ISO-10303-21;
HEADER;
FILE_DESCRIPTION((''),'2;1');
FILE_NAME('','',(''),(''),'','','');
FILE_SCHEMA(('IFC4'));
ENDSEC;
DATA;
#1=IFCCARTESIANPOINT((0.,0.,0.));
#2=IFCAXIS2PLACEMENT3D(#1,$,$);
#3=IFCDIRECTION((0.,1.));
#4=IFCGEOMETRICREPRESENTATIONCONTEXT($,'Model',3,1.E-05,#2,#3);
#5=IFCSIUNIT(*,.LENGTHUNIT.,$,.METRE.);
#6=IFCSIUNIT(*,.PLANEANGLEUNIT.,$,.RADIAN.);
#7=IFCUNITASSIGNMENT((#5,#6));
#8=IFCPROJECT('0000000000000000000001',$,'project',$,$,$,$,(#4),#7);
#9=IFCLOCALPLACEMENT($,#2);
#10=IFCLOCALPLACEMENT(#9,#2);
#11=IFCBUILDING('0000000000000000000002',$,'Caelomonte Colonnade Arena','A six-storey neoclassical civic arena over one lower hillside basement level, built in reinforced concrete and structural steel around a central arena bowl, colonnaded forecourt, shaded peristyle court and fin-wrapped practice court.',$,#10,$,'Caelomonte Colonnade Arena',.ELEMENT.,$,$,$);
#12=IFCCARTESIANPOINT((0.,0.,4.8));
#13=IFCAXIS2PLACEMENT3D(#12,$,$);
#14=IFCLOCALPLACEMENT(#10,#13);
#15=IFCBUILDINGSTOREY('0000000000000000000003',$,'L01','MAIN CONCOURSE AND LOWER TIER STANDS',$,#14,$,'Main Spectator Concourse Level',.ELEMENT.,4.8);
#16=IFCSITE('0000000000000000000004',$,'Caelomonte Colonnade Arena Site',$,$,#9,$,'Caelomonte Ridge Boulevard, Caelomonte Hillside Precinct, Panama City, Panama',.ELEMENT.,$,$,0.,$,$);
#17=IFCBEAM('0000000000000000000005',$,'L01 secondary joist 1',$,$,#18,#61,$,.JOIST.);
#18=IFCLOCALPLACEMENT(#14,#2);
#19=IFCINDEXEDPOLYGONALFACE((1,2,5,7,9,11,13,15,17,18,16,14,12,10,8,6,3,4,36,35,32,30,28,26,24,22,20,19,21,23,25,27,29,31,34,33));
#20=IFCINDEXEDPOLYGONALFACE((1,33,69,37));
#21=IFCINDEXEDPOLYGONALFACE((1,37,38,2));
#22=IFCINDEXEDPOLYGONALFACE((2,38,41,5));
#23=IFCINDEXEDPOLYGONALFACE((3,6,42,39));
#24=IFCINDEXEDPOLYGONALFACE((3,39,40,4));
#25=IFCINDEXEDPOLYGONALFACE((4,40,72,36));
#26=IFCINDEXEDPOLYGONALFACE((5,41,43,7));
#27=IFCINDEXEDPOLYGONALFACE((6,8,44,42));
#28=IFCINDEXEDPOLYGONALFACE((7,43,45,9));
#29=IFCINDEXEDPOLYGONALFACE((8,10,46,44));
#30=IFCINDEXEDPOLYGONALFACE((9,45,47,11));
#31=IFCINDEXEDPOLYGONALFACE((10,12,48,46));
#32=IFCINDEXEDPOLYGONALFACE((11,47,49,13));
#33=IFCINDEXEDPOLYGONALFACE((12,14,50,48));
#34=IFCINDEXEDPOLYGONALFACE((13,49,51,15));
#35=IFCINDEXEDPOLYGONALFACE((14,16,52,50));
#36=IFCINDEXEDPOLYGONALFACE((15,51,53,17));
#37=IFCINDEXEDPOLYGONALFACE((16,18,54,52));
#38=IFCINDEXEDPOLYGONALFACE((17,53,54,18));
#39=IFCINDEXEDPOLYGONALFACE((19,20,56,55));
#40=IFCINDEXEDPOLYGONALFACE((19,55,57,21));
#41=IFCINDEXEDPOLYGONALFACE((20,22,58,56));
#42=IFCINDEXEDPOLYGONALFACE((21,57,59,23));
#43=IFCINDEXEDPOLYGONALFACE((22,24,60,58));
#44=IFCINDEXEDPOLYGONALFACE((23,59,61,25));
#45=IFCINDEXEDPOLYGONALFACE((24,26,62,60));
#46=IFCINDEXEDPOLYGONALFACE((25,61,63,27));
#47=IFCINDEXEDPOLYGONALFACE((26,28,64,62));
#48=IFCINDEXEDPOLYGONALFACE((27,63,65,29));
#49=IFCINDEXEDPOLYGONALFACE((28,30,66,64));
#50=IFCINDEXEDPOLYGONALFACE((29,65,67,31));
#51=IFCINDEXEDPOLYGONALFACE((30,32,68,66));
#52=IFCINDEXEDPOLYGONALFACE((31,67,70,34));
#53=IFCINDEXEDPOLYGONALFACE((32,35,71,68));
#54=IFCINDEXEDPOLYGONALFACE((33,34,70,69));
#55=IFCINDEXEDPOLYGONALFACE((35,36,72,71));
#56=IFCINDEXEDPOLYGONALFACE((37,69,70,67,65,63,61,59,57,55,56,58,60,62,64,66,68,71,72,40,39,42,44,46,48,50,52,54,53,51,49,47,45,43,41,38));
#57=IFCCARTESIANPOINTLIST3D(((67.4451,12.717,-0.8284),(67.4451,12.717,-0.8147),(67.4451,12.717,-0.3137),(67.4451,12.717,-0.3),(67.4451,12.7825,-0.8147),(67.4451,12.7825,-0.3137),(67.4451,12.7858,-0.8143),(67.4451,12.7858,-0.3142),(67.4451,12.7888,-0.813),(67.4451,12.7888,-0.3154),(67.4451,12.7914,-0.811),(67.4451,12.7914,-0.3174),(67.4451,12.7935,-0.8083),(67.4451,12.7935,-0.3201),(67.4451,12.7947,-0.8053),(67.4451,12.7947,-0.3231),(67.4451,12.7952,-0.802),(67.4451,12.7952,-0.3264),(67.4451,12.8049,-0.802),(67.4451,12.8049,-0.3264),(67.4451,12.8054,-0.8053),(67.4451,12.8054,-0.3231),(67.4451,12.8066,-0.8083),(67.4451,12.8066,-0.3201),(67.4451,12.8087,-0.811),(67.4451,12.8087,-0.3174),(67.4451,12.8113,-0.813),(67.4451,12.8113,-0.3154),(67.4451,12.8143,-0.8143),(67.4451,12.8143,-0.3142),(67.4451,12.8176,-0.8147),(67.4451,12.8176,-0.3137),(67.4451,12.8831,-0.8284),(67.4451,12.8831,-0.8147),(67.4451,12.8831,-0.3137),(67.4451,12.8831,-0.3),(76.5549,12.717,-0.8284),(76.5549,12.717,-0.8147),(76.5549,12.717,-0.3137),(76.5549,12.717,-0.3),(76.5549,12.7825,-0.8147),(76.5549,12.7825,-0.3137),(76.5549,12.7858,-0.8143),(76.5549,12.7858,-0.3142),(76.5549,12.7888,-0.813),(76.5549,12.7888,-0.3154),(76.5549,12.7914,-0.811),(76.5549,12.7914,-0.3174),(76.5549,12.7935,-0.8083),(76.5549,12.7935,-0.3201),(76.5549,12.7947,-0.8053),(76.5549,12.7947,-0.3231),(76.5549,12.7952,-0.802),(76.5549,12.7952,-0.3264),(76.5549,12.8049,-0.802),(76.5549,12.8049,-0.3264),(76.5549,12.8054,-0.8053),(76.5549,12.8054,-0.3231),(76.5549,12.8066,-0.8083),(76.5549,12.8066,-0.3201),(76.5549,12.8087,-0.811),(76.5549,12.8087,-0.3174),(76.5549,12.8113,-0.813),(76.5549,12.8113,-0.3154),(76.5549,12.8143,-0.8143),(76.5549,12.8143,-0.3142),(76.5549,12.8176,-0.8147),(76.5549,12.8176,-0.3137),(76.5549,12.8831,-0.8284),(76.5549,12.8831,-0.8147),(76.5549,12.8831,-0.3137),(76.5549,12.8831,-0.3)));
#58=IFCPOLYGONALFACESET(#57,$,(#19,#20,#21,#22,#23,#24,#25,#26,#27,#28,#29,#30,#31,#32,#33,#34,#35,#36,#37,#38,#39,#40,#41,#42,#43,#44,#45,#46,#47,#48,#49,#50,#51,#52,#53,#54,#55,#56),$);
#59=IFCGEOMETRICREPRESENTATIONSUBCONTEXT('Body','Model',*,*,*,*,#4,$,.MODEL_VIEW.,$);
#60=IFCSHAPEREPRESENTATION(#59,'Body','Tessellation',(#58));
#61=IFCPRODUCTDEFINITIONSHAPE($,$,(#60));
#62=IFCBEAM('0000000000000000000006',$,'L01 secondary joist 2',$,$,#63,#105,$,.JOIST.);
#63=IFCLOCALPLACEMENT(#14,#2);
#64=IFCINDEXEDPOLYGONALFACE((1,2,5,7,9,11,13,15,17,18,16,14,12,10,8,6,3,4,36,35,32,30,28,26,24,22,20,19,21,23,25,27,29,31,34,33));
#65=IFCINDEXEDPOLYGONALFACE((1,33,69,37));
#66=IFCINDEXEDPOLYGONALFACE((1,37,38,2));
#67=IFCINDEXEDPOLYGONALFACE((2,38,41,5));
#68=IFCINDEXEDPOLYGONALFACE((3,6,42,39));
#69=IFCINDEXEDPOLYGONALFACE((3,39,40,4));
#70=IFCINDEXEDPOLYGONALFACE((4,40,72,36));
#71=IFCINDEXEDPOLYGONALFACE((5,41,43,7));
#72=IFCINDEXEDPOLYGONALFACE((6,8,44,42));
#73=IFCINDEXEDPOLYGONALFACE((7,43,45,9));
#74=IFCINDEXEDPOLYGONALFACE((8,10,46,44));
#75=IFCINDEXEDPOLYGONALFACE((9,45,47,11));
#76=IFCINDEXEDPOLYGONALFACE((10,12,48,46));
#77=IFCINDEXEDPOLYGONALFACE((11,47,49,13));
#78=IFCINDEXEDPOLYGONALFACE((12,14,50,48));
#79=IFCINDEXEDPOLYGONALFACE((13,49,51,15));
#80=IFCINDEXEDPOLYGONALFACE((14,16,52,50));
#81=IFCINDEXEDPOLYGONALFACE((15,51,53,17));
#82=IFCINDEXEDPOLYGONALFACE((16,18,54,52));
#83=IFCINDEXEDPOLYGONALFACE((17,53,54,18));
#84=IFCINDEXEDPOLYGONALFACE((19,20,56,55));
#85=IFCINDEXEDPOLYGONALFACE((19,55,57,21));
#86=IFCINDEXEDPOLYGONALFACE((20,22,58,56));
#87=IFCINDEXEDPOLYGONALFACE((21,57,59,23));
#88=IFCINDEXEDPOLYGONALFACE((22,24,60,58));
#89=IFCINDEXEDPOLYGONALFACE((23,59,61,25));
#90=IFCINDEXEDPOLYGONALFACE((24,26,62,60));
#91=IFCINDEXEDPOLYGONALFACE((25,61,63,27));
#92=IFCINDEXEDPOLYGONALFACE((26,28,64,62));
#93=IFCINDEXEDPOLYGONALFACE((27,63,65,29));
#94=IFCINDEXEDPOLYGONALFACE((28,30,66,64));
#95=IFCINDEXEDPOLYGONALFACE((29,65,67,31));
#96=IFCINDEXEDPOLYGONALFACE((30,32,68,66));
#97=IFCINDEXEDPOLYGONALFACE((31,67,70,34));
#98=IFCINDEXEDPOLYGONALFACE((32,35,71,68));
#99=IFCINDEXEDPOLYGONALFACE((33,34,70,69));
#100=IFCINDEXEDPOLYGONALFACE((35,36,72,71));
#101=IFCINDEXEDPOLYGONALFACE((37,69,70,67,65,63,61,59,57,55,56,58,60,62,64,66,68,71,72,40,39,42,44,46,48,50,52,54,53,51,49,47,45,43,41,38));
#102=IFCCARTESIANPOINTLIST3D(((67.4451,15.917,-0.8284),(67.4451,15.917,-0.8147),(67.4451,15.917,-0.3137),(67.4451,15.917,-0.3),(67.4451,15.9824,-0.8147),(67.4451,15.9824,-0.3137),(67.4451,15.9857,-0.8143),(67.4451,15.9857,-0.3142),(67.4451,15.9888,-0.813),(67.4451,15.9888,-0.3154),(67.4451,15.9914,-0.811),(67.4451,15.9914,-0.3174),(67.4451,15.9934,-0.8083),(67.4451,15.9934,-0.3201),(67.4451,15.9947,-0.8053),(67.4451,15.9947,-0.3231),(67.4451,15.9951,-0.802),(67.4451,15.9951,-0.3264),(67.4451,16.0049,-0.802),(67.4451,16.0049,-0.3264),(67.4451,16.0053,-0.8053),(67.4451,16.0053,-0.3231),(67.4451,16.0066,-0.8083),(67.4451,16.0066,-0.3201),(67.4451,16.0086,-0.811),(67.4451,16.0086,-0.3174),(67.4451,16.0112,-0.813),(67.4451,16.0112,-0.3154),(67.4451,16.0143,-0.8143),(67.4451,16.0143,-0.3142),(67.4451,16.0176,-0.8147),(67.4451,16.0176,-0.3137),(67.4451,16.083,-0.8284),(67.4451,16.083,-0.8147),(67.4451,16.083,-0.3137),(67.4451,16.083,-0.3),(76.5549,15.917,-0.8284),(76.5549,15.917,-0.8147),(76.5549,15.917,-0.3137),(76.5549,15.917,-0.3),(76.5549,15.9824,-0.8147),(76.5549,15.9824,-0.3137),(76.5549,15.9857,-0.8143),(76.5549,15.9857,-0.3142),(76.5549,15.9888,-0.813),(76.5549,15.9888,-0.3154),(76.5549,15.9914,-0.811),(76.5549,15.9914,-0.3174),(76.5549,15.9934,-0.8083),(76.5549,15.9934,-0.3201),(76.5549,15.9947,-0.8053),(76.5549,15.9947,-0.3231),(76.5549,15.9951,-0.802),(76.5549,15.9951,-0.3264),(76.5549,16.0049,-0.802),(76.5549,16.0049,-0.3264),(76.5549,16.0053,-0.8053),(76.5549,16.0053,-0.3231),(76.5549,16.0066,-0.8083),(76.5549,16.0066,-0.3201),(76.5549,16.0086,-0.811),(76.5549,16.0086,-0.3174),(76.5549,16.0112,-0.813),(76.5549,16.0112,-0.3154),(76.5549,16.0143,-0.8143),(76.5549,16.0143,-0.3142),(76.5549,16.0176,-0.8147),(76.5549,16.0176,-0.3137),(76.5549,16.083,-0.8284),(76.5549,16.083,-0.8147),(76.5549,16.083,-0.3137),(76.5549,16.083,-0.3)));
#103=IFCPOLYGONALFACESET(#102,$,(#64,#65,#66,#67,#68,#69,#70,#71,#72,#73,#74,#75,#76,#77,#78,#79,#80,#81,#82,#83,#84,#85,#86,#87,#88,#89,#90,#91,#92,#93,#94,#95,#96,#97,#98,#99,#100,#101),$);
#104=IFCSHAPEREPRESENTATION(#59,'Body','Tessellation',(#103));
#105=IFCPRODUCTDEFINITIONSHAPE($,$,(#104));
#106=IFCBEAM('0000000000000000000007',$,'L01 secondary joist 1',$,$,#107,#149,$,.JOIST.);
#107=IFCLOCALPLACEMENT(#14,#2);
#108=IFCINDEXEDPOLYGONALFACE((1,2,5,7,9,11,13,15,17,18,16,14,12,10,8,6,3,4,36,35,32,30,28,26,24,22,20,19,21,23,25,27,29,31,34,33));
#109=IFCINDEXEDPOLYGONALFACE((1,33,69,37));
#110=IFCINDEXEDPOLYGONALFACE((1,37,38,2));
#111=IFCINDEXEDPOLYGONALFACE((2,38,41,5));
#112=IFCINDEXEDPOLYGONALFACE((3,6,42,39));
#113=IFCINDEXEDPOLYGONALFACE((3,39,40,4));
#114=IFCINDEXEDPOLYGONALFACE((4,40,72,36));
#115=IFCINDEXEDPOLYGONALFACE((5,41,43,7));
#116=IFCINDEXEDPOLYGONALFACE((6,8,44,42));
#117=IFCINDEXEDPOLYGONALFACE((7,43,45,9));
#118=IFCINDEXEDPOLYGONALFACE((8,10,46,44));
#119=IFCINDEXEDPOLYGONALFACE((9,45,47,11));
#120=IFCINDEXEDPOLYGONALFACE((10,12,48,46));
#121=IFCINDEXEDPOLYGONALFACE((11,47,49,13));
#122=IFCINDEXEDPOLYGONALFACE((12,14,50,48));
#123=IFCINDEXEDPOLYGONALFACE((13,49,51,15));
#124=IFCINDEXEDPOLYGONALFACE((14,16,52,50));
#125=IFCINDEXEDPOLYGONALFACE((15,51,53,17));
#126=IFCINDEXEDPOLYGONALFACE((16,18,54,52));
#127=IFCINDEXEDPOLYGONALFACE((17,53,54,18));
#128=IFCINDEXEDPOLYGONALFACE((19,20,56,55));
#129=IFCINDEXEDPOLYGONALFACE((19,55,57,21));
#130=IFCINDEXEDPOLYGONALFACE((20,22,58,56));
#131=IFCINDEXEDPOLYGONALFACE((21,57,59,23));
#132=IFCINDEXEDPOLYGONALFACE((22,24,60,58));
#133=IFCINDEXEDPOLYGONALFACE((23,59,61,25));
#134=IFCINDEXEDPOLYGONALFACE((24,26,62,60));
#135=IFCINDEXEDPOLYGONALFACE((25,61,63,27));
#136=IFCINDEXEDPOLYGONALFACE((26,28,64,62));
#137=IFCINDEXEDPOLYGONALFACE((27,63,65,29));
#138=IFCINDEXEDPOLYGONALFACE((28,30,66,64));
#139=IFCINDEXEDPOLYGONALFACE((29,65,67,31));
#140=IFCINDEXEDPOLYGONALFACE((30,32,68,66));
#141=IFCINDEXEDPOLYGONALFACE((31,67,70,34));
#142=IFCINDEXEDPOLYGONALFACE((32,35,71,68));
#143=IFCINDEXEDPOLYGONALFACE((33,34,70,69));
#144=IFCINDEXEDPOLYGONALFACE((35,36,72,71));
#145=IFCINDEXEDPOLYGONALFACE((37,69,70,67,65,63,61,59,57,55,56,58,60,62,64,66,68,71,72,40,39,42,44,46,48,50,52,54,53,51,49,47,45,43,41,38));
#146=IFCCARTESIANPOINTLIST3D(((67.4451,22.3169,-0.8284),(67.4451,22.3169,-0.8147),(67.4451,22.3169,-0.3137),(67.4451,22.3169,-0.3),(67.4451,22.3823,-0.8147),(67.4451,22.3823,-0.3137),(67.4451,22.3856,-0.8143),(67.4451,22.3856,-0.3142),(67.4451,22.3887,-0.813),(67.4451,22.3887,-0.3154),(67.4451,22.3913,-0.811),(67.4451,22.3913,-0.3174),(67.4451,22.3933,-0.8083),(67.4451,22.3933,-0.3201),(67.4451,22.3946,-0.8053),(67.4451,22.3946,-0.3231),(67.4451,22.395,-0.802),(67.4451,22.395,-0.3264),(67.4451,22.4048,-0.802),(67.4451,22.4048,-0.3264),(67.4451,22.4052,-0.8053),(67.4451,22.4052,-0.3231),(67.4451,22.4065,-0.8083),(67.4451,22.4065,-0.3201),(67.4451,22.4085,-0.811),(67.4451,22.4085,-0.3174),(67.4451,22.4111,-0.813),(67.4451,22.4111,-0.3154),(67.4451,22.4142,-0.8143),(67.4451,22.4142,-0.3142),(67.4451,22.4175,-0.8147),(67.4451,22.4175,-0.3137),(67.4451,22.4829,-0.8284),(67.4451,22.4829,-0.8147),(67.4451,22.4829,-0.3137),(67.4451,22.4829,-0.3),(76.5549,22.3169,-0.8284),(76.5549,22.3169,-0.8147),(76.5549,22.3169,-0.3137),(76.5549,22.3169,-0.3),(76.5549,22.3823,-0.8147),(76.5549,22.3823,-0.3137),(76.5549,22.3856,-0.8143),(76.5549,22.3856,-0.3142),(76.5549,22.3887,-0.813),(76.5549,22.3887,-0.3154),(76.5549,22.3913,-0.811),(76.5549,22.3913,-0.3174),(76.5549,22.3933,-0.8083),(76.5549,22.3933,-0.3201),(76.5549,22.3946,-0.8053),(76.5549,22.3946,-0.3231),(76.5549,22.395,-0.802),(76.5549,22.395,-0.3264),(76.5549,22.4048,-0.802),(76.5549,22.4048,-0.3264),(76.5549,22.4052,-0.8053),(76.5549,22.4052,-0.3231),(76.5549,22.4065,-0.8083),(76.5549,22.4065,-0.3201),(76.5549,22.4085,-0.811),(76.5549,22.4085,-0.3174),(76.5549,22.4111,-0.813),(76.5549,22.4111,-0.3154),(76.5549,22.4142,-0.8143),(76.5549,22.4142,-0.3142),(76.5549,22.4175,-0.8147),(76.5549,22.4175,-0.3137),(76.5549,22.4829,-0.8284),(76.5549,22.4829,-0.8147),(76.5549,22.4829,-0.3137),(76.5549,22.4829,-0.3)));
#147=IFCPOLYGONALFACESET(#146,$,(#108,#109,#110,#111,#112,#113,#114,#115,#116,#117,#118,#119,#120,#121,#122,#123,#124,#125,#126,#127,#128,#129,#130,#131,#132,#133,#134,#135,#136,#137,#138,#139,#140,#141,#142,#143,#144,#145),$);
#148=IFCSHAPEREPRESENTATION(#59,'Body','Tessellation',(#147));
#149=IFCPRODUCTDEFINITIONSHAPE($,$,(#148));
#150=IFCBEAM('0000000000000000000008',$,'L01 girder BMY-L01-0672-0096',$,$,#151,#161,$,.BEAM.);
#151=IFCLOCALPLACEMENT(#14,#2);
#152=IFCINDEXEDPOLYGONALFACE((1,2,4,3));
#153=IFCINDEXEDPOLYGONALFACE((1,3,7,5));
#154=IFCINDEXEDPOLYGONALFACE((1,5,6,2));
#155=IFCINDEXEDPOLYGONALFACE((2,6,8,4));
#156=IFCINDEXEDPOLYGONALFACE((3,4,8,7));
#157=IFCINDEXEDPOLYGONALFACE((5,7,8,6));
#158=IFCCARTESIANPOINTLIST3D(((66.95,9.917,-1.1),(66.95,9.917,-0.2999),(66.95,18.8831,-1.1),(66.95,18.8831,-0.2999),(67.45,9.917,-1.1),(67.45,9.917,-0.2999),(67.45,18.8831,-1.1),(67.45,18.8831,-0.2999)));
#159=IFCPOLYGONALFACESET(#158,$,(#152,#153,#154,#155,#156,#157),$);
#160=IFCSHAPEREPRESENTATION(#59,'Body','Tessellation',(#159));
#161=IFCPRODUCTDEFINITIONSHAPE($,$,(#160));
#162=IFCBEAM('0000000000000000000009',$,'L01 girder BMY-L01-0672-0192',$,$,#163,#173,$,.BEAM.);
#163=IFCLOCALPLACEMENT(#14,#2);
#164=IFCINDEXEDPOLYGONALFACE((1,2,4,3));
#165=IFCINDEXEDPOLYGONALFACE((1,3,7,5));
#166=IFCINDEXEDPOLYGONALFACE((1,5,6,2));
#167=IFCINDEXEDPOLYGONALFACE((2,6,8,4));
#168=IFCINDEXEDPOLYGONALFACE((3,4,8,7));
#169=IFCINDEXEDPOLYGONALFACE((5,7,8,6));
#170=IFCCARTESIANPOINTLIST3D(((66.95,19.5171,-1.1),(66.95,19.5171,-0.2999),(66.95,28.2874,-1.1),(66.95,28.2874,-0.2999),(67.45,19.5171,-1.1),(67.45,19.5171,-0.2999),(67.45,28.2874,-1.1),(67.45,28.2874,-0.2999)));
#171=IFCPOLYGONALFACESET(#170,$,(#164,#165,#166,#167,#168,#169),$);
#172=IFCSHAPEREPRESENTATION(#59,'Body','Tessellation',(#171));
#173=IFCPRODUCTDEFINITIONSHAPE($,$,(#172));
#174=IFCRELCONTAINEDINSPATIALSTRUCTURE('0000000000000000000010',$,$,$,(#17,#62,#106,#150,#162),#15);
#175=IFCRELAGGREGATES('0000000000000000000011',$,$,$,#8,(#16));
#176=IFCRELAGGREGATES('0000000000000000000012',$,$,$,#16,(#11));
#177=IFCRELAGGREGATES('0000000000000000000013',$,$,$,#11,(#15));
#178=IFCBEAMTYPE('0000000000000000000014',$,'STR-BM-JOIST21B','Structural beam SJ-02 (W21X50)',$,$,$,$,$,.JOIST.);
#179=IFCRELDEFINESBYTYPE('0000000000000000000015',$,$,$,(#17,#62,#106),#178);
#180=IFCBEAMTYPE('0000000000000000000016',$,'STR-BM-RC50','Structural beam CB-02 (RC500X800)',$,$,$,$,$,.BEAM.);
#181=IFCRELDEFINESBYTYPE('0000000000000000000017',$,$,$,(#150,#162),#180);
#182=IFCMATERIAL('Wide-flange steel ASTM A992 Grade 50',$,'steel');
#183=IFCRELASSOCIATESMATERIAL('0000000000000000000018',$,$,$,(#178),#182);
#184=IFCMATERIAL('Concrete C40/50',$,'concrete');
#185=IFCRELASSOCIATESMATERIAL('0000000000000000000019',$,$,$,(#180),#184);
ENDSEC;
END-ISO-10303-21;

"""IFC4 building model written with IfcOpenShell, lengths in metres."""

from ifc_helpers import new_model, si_unit, direction, frame, origin, origin_2d, place, context, subcontext, project, spatial, rectangle, i_section, extrude, material, material_profile, profile_set, type_object, element, save


model = new_model("IFC4")

# Units and contexts
model_context = context("Model", 3, precision=1e-05, world=origin(), true_north=direction((0.0, 1.0)))
body_context = subcontext(model_context, "Body", "Model", "MODEL_VIEW")
ifc_project = project(units=[si_unit("LENGTHUNIT", "METRE"), si_unit("PLANEANGLEUNIT", "RADIAN")], contexts=[model_context])

# Site, building, storey
site_placement = place(None, origin())
site = spatial("IfcSite", under=ifc_project, at=site_placement, Name="Caelomonte Colonnade Arena Site", LongName="Caelomonte Ridge Boulevard, Caelomonte Hillside Precinct, Panama City, Panama", CompositionType="ELEMENT", RefElevation=0.0)
building_placement = place(site_placement, origin())
building = spatial("IfcBuilding", under=site, at=building_placement, Name="Caelomonte Colonnade Arena", Description="A six-storey neoclassical civic arena over one lower hillside basement level, built in reinforced concrete and structural steel around a central arena bowl, colonnaded forecourt, shaded peristyle court and fin-wrapped practice court.", LongName="Caelomonte Colonnade Arena", CompositionType="ELEMENT")
storey_placement = place(building_placement, frame((0.0, 0.0, 4.8)))
storey = spatial("IfcBuildingStorey", under=building, at=storey_placement, Name="L01", Description="MAIN CONCOURSE AND LOWER TIER STANDS", LongName="Main Spectator Concourse Level", CompositionType="ELEMENT", Elevation=4.8)

# Beams
ifc_material_1 = material(Name="Wide-flange steel ASTM A992 Grade 50", Category="steel")
ifc_material_profile_1 = material_profile(ifc_material_1, i_section(OverallWidth=0.166, OverallDepth=0.5283, WebThickness=0.0098, FlangeThickness=0.0137, FilletRadius=0.0127, at=origin_2d()), Name="W21X50")
ifc_profile_set_1 = profile_set([ifc_material_profile_1], Name="Wide-flange steel ASTM A992 Grade 50")
beam_type_1 = type_object("IfcBeamType", Name="STR-BM-JOIST21B", Description="Structural beam SJ-02 (W21X50)", PredefinedType="JOIST", material=ifc_profile_set_1)
for number, where, z_axis, x_axis, name in (
    (1, (67.4451, 12.8, -0.5642), (1.0, 0.0, 0.0), (0.0, 1.0, 0.0), "L01 secondary joist 1"),
    (2, (67.4451, 16.0, -0.5642), (1.0, 0.0, 0.0), (0.0, 1.0, 0.0), "L01 secondary joist 2"),
    (3, (67.4451, 22.3999, -0.5642), (1.0, 0.0, 0.0), (0.0, 1.0, 0.0), "L01 secondary joist 1"),
):
    element("IfcBeam", number, at=place(storey_placement, frame(where, z_axis=z_axis, x_axis=x_axis)), inside=storey, type_object=beam_type_1, Name=name, PredefinedType="JOIST", context=body_context, shape_type="SweptSolid", body=[
        extrude(i_section(OverallWidth=0.166, OverallDepth=0.5283, WebThickness=0.0098, FlangeThickness=0.0137, FilletRadius=0.0127, at=origin_2d()), origin(), (0.0, 0.0, 1.0), 9.1099),
    ])
ifc_material_2 = material(Name="Concrete C40/50", Category="concrete")
ifc_material_profile_2 = material_profile(ifc_material_2, rectangle(XDim=0.5, YDim=0.8, at=origin_2d()), Name="RC500X800")
ifc_profile_set_2 = profile_set([ifc_material_profile_2], Name="Concrete C40/50")
beam_type_2 = type_object("IfcBeamType", Name="STR-BM-RC50", Description="Structural beam CB-02 (RC500X800)", PredefinedType="BEAM", material=ifc_profile_set_2)
beam_1_placement = place(storey_placement, frame((67.2, 9.917, -0.7), z_axis=(0.0, 1.0, 0.0), x_axis=(-1.0, 0.0, 0.0)))
element("IfcBeam", 4, at=beam_1_placement, inside=storey, type_object=beam_type_2, Name="L01 girder BMY-L01-0672-0096", PredefinedType="BEAM", context=body_context, shape_type="SweptSolid", body=[
    extrude(rectangle(XDim=0.5, YDim=0.8, at=origin_2d()), origin(), (0.0, 0.0, 1.0), 8.9661),
])
beam_2_placement = place(storey_placement, frame((67.2, 19.5171, -0.7), z_axis=(0.0, 1.0, 0.0), x_axis=(-1.0, 0.0, 0.0)))
element("IfcBeam", 5, at=beam_2_placement, inside=storey, type_object=beam_type_2, Name="L01 girder BMY-L01-0672-0192", PredefinedType="BEAM", context=body_context, shape_type="SweptSolid", body=[
    extrude(rectangle(XDim=0.5, YDim=0.8, at=origin_2d()), origin(), (0.0, 0.0, 1.0), 8.7703),
])

save(model, "model.ifc")
